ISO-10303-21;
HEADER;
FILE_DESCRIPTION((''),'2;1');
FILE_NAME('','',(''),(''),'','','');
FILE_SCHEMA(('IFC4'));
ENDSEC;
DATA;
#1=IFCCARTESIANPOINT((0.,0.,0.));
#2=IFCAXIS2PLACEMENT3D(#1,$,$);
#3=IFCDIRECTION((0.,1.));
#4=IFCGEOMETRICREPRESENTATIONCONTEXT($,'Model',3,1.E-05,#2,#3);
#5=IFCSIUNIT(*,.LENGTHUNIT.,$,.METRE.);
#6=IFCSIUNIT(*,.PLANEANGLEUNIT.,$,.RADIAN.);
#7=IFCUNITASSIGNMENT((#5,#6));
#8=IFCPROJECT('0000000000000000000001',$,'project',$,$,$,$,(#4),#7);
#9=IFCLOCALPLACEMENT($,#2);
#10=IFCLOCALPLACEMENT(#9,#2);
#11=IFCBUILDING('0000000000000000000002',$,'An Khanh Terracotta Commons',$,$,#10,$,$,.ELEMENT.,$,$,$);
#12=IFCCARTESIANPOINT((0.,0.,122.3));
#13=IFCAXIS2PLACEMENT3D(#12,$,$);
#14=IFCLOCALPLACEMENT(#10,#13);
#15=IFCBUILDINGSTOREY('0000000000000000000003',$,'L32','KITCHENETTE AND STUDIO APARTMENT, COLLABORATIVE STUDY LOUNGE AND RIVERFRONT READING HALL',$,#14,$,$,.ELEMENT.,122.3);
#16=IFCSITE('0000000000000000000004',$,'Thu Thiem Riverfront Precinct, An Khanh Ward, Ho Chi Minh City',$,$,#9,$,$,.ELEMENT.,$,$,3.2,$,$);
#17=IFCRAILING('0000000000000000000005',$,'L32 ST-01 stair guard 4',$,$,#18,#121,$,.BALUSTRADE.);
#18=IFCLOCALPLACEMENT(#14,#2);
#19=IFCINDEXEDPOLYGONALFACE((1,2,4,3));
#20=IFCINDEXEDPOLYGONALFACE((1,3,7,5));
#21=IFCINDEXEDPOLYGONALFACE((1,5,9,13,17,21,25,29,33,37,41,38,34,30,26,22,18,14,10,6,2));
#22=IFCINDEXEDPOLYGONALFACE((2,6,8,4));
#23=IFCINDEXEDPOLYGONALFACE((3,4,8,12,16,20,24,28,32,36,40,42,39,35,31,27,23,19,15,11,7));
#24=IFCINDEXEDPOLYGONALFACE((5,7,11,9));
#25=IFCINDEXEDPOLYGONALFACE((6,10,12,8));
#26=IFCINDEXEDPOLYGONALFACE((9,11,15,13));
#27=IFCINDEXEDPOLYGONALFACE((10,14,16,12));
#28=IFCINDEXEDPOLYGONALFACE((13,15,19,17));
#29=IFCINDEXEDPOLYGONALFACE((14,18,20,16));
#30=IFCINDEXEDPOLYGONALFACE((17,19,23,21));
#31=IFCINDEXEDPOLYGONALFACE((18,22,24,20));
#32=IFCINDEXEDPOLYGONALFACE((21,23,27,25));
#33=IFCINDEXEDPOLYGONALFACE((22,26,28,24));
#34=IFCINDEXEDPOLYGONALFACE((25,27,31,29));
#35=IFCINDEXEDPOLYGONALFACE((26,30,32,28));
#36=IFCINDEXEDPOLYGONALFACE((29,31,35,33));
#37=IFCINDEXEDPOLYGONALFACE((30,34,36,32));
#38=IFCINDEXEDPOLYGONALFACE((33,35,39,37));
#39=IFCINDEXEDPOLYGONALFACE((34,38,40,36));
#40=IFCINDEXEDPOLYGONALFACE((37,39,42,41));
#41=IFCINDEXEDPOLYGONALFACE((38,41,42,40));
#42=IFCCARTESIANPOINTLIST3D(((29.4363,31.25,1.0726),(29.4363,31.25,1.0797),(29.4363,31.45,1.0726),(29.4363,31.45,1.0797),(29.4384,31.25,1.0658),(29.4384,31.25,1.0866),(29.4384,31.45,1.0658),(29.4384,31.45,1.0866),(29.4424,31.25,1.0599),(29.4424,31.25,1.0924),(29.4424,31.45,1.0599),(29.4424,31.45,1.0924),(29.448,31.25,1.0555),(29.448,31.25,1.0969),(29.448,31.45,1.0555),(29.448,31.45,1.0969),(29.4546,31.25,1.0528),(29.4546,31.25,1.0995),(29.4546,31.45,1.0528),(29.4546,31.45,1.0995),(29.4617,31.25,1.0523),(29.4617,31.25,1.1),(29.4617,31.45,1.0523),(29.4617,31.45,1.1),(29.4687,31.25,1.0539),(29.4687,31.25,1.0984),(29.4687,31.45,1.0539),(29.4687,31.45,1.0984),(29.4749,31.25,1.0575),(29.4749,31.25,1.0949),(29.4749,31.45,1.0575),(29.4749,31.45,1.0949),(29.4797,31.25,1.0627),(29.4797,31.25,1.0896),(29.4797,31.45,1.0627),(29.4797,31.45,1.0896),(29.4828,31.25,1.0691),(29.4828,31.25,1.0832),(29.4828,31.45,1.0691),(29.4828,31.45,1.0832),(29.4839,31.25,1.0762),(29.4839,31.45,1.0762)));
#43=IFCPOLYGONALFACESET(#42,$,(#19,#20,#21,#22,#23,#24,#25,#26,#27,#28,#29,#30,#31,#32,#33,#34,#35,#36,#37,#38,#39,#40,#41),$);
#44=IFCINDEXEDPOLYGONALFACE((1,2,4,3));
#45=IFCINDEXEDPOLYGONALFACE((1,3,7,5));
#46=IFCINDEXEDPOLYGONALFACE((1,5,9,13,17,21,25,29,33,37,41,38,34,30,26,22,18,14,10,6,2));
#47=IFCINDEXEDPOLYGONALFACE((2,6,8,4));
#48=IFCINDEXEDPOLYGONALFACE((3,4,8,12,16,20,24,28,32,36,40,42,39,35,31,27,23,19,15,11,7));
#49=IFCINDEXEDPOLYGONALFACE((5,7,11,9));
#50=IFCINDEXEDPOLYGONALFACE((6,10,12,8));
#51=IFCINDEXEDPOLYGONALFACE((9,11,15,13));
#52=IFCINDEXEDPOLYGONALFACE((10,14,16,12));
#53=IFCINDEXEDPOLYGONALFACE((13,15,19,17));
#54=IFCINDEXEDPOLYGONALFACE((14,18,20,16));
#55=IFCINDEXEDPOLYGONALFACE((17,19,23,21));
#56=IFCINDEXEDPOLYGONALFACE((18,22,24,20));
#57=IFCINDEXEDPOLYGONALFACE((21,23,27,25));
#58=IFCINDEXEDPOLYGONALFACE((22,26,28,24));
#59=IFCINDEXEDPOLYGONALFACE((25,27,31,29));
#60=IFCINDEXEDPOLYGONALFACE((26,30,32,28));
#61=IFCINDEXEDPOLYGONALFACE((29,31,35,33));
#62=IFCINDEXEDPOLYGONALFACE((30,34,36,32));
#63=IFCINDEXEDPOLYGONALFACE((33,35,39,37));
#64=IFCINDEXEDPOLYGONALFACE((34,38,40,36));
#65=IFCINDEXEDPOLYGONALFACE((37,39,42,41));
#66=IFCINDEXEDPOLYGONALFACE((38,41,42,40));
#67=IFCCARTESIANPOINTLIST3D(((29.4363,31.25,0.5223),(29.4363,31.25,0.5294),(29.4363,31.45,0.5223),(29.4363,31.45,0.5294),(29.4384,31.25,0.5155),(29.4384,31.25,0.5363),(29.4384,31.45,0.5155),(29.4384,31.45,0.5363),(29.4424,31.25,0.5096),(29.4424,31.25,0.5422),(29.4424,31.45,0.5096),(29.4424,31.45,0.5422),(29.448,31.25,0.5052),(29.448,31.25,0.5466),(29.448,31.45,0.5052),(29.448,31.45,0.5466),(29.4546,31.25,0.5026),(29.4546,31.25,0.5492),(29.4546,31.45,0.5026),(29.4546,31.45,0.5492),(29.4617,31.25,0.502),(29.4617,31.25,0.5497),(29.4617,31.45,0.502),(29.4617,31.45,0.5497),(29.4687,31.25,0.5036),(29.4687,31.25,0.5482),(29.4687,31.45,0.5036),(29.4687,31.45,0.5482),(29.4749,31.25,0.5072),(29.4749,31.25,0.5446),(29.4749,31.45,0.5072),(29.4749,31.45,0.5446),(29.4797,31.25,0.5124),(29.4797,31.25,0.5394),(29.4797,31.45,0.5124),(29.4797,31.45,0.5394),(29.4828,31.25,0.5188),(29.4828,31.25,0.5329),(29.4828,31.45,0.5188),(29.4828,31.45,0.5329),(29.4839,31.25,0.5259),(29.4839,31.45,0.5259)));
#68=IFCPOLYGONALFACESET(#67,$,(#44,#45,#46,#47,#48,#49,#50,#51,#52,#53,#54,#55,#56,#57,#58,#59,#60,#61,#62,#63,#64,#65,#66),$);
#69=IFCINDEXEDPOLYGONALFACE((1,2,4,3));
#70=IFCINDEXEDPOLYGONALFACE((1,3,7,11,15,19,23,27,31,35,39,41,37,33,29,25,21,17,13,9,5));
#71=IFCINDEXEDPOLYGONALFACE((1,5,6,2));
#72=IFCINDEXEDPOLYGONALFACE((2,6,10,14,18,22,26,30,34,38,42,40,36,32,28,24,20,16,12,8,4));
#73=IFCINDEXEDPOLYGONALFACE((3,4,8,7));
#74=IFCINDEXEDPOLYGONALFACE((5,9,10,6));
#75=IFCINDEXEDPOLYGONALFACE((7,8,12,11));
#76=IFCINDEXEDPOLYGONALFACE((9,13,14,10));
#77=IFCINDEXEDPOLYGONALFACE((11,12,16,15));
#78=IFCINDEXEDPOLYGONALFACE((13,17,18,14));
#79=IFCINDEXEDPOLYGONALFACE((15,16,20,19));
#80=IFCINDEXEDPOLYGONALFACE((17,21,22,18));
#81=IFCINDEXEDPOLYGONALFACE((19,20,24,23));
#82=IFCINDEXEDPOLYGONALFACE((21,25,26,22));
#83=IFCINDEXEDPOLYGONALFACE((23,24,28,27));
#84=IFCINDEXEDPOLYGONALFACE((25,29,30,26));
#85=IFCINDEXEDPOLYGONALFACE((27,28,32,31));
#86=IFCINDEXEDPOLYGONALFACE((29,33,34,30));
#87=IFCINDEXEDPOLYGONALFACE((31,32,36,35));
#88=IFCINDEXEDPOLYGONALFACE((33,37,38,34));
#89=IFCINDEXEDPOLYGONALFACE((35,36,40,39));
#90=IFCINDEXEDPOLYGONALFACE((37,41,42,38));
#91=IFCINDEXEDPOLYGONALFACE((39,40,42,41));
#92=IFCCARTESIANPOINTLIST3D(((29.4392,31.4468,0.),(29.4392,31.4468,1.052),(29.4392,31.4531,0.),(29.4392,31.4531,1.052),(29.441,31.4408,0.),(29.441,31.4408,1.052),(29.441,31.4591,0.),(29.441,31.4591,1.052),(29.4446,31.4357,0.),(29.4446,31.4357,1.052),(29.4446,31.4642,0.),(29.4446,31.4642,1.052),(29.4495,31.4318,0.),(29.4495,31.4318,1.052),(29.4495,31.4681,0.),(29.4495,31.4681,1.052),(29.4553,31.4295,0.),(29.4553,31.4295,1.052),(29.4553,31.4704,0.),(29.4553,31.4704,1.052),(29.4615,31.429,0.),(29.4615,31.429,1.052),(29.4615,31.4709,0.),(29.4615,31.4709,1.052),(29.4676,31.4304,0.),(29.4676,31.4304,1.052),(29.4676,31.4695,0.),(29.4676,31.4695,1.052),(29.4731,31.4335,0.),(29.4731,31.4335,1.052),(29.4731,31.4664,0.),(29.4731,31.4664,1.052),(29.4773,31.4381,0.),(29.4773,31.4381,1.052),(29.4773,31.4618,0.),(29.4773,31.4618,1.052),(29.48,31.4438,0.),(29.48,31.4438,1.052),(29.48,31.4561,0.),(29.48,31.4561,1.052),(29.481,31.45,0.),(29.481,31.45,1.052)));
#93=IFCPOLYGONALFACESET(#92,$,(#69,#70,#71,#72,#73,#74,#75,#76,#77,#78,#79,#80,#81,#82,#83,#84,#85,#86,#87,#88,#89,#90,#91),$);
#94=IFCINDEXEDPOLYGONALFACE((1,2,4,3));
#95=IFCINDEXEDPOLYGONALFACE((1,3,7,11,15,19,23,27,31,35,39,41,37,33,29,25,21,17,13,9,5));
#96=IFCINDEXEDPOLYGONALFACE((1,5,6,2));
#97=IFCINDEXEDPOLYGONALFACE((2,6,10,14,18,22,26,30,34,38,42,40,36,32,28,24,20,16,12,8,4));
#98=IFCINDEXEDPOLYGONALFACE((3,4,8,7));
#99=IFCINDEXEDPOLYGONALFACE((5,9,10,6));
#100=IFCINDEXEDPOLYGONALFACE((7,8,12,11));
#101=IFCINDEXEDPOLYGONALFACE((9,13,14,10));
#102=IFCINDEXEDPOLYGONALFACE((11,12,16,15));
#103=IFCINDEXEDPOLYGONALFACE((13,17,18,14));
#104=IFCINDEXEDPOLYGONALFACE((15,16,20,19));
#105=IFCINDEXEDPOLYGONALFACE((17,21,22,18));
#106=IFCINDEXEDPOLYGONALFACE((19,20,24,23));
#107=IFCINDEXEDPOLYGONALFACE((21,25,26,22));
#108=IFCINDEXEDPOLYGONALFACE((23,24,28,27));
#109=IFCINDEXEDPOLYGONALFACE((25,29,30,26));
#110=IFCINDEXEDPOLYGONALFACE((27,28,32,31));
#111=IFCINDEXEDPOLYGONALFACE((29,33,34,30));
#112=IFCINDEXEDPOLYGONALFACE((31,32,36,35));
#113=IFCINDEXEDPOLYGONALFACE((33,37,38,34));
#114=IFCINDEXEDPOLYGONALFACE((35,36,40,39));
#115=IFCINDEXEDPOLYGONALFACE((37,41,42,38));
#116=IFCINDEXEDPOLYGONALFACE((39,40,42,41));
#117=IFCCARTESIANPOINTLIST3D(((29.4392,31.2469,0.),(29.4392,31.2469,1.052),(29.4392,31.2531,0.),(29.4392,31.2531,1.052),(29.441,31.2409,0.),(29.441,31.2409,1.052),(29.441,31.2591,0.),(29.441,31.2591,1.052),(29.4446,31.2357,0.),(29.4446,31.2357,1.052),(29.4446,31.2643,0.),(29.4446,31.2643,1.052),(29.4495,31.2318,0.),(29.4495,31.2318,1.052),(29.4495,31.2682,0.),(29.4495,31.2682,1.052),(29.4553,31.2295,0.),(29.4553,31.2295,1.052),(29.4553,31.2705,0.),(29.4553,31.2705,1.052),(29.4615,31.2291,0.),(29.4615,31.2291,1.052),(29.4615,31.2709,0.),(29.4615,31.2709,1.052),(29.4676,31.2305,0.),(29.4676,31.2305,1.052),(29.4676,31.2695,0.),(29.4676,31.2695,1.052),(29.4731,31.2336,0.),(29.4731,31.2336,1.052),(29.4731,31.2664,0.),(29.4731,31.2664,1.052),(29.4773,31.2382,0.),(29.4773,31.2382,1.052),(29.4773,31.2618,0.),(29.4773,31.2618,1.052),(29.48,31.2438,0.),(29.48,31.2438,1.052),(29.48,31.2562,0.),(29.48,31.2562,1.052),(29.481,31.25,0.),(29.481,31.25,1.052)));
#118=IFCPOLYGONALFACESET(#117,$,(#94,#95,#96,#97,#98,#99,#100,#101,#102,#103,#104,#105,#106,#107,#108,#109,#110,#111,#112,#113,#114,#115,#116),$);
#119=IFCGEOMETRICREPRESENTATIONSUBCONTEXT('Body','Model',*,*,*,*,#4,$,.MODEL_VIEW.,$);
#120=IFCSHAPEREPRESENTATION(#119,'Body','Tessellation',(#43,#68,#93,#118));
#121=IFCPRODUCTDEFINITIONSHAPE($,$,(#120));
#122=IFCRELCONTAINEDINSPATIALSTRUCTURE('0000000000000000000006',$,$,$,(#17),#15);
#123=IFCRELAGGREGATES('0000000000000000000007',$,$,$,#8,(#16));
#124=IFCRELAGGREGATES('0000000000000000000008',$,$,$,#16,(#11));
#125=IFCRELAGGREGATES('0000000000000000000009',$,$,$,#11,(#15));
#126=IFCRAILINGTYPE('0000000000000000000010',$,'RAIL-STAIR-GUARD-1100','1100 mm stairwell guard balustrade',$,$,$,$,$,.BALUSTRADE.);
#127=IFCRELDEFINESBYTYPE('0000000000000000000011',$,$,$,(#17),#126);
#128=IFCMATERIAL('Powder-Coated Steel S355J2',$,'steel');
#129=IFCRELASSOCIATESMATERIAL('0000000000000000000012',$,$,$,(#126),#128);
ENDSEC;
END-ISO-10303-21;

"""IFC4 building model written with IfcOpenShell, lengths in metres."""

from ifc_helpers import new_model, si_unit, direction, frame, origin, origin_2d, place, context, subcontext, project, spatial, circle, extrude, material, type_object, element, save


model = new_model("IFC4")

# Units and contexts
model_context = context("Model", 3, precision=1e-05, world=origin(), true_north=direction((0.0, 1.0)))
body_context = subcontext(model_context, "Body", "Model", "MODEL_VIEW")
ifc_project = project(units=[si_unit("LENGTHUNIT", "METRE"), si_unit("PLANEANGLEUNIT", "RADIAN")], contexts=[model_context])

# Site, building, storey
site_placement = place(None, origin())
site = spatial("IfcSite", under=ifc_project, at=site_placement, Name="Thu Thiem Riverfront Precinct, An Khanh Ward, Ho Chi Minh City", CompositionType="ELEMENT", RefElevation=3.2)
building_placement = place(site_placement, origin())
building = spatial("IfcBuilding", under=site, at=building_placement, Name="An Khanh Terracotta Commons", CompositionType="ELEMENT")
storey_placement = place(building_placement, frame((0.0, 0.0, 122.3)))
storey = spatial("IfcBuildingStorey", under=building, at=storey_placement, Name="L32", Description="KITCHENETTE AND STUDIO APARTMENT, COLLABORATIVE STUDY LOUNGE AND RIVERFRONT READING HALL", CompositionType="ELEMENT", Elevation=122.3)

# Railing
ifc_material_1 = material(Name="Powder-Coated Steel S355J2", Category="steel")
railing_type_1 = type_object("IfcRailingType", Name="RAIL-STAIR-GUARD-1100", Description="1100 mm stairwell guard balustrade", PredefinedType="BALUSTRADE", material=ifc_material_1)
railing_1_placement = place(storey_placement, frame((29.46, 31.45, 0.0)))
element("IfcRailing", 1, at=railing_1_placement, inside=storey, type_object=railing_type_1, Name="L32 ST-01 stair guard 4", PredefinedType="BALUSTRADE", context=body_context, shape_type="SweptSolid", body=[
    extrude(circle(Radius=0.0239, at=origin_2d()), frame((0.0, 0.0, 1.0762), z_axis=(0.0, -1.0, 0.0), x_axis=(1.0, 0.0, 0.0)), (0.0, 0.0, 1.0), 0.2),
    extrude(circle(Radius=0.0239, at=origin_2d()), frame((0.0, 0.0, 0.5259), z_axis=(0.0, -1.0, 0.0), x_axis=(1.0, 0.0, 0.0)), (0.0, 0.0, 1.0), 0.2),
    extrude(circle(Radius=0.021, at=origin_2d()), origin(), (0.0, 0.0, 1.0), 1.052),
    extrude(circle(Radius=0.021, at=origin_2d()), frame((0.0, -0.2, 0.0)), (0.0, 0.0, 1.0), 1.052),
])

save(model, "model.ifc")
